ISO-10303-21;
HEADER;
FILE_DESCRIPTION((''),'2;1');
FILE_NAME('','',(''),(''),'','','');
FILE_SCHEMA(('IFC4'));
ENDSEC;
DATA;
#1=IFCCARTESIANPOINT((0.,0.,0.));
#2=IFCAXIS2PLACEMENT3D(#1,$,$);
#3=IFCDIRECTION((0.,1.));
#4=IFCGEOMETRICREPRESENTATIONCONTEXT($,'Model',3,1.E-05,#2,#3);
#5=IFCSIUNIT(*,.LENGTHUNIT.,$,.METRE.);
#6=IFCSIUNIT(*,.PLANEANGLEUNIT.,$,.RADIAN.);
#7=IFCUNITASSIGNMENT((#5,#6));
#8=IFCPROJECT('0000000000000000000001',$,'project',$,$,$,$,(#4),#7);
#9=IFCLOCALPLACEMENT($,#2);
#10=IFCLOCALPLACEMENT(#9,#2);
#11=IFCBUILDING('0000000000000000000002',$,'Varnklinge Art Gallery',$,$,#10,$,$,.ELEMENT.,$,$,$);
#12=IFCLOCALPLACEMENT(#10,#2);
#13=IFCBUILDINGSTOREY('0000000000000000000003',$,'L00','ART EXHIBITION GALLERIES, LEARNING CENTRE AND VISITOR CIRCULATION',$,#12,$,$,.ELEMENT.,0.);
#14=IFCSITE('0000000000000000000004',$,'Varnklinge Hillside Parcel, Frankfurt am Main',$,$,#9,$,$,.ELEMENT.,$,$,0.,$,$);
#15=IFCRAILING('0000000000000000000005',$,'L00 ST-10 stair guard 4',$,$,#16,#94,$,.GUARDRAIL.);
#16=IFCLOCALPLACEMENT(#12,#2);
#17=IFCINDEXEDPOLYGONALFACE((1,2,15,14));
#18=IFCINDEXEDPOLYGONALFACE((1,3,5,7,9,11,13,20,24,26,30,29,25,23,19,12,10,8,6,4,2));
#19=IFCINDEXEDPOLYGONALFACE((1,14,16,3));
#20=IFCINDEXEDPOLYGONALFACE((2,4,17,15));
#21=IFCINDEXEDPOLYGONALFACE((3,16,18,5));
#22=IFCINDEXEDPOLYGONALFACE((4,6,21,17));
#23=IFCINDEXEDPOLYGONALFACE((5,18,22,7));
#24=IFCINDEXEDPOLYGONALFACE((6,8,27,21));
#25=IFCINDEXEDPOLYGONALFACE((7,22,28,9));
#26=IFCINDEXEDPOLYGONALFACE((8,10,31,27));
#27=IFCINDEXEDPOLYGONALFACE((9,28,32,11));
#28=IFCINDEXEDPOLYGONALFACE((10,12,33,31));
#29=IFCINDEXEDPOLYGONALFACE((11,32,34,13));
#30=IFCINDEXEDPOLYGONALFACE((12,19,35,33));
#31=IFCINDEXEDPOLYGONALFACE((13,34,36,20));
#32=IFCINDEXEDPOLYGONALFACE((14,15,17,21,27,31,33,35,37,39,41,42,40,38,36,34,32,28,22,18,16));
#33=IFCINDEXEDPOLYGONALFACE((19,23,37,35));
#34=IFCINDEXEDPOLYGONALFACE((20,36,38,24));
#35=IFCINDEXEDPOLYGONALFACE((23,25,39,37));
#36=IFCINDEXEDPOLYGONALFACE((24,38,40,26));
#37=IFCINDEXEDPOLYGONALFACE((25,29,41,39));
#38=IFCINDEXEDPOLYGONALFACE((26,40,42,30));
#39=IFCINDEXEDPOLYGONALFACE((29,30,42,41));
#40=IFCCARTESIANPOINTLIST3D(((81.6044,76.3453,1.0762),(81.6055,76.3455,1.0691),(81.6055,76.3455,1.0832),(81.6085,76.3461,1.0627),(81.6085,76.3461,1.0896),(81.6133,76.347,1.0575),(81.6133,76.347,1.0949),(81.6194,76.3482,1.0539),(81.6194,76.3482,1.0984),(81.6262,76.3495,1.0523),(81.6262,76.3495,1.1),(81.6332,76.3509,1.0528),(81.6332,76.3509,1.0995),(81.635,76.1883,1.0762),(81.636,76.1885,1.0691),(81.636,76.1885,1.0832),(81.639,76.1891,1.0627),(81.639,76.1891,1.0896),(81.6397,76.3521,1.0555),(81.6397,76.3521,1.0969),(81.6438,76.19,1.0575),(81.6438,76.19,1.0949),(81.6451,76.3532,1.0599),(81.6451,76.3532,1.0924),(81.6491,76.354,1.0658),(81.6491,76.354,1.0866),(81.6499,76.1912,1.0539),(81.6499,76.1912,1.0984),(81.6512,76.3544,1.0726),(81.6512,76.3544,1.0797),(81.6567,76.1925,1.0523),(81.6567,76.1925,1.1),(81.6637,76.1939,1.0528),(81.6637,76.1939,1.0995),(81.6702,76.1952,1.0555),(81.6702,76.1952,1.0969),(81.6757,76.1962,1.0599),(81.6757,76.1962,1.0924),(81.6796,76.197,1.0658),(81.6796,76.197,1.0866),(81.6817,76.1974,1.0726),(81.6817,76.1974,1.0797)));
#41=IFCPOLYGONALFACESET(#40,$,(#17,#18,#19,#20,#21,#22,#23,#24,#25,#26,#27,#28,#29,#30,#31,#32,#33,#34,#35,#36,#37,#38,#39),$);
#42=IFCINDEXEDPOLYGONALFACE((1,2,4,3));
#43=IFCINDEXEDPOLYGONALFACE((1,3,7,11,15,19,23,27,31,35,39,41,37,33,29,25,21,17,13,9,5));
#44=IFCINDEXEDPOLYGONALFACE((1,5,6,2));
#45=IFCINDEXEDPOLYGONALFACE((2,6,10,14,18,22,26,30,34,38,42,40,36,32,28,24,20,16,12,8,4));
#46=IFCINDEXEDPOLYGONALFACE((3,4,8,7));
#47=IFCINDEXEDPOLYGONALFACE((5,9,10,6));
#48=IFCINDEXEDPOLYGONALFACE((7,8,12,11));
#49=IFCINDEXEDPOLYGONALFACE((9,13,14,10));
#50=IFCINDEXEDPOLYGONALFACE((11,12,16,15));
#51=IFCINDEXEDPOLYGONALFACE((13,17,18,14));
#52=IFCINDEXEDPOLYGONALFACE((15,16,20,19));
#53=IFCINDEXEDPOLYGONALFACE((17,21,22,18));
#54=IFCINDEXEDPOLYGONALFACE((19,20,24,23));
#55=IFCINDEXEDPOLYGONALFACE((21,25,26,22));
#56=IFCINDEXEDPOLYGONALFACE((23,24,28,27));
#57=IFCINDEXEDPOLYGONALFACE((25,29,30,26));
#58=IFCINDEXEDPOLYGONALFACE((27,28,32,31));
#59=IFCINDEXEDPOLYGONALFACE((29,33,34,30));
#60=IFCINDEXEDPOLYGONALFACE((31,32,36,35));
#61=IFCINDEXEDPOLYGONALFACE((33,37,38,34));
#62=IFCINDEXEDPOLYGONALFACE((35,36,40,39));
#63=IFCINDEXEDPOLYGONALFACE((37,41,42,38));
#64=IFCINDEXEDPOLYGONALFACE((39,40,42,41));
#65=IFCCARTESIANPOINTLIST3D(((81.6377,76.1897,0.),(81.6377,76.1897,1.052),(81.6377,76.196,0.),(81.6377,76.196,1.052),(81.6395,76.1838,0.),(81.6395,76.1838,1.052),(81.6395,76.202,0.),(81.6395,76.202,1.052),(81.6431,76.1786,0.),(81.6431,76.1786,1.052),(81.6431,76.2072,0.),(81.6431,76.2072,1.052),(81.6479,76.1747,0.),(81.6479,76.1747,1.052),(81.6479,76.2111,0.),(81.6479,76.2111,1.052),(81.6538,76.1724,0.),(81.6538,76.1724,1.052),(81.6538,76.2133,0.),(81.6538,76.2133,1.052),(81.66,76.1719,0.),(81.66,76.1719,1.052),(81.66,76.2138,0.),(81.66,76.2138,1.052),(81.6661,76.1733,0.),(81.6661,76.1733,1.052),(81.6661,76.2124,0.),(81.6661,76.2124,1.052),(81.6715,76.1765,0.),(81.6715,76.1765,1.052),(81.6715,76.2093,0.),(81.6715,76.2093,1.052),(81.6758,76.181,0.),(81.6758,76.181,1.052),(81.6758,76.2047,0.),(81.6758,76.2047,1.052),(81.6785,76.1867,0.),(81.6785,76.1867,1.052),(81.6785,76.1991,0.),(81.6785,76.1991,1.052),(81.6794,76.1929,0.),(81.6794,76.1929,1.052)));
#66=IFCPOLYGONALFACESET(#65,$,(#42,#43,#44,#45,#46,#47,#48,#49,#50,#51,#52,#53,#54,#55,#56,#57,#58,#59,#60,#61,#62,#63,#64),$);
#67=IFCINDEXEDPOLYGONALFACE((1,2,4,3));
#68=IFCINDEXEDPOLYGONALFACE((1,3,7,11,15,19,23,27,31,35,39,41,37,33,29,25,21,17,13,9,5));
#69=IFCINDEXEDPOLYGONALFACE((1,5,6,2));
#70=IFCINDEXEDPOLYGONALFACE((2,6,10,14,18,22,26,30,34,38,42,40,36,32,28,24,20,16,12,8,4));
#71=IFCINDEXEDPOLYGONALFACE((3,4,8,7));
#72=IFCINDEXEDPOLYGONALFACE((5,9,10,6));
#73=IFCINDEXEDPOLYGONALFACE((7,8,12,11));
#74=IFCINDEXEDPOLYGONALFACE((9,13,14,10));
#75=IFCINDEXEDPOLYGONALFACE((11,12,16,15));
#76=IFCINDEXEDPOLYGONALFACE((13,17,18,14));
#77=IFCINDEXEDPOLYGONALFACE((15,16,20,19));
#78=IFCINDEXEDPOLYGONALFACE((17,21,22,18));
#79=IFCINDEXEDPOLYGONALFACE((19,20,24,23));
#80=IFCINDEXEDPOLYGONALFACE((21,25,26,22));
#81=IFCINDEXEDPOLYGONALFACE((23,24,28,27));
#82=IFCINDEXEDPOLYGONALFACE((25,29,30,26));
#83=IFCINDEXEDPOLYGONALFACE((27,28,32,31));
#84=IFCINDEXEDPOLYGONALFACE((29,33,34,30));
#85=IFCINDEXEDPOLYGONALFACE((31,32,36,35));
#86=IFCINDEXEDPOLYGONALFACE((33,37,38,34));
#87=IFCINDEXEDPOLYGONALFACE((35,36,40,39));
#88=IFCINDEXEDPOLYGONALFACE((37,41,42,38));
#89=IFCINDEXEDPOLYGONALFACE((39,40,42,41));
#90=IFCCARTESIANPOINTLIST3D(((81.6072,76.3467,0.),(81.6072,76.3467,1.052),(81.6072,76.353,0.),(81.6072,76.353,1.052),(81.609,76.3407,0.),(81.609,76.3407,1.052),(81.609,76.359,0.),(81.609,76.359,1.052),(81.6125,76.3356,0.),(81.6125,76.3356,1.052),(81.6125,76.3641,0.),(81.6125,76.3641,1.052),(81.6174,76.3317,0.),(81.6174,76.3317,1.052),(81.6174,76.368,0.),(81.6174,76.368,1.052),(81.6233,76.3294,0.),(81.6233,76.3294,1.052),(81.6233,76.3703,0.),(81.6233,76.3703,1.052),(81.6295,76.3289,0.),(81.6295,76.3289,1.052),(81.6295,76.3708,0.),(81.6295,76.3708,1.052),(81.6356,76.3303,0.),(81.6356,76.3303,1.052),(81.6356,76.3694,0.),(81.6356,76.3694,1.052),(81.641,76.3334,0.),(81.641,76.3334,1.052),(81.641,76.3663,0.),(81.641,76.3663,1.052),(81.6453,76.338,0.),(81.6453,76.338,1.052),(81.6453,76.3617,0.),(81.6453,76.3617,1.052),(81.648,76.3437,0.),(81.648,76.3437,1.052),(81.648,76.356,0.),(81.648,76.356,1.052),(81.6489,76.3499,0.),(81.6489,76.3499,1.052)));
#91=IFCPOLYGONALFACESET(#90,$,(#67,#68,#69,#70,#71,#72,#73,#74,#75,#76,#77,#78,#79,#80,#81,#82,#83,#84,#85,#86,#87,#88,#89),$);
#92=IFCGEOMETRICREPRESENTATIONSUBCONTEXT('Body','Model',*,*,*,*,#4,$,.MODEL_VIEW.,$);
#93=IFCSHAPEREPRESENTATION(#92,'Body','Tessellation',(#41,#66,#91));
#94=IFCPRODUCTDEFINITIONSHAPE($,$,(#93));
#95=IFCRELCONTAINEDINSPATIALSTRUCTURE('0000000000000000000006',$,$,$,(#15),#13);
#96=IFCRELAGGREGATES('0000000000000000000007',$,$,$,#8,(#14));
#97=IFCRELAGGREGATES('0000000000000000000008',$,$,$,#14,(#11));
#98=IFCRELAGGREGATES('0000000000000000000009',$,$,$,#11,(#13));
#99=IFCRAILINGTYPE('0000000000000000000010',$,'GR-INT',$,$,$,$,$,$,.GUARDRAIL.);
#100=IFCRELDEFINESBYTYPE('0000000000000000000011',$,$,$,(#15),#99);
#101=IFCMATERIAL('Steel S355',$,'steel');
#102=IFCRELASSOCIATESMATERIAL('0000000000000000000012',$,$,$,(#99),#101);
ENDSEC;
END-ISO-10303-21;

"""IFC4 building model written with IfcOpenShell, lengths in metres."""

from ifc_helpers import new_model, si_unit, direction, frame, origin, origin_2d, place, context, subcontext, project, spatial, circle, extrude, material, type_object, element, save


model = new_model("IFC4")

# Units and contexts
model_context = context("Model", 3, precision=1e-05, world=origin(), true_north=direction((0.0, 1.0)))
body_context = subcontext(model_context, "Body", "Model", "MODEL_VIEW")
ifc_project = project(units=[si_unit("LENGTHUNIT", "METRE"), si_unit("PLANEANGLEUNIT", "RADIAN")], contexts=[model_context])

# Site, building, storey
site_placement = place(None, origin())
site = spatial("IfcSite", under=ifc_project, at=site_placement, Name="Varnklinge Hillside Parcel, Frankfurt am Main", CompositionType="ELEMENT", RefElevation=0.0)
building_placement = place(site_placement, origin())
building = spatial("IfcBuilding", under=site, at=building_placement, Name="Varnklinge Art Gallery", CompositionType="ELEMENT")
storey_placement = place(building_placement, origin())
storey = spatial("IfcBuildingStorey", under=building, at=storey_placement, Name="L00", Description="ART EXHIBITION GALLERIES, LEARNING CENTRE AND VISITOR CIRCULATION", CompositionType="ELEMENT", Elevation=0.0)

# Railing
ifc_material_1 = material(Name="Steel S355", Category="steel")
railing_type_1 = type_object("IfcRailingType", Name="GR-INT", PredefinedType="GUARDRAIL", material=ifc_material_1)
railing_1_placement = place(storey_placement, frame((81.6584, 76.1929, 0.0)))
element("IfcRailing", 1, at=railing_1_placement, inside=storey, type_object=railing_type_1, Name="L00 ST-10 stair guard 4", PredefinedType="GUARDRAIL", context=body_context, shape_type="SweptSolid", body=[
    extrude(circle(Radius=0.0239, at=origin_2d()), frame((0.0, 0.0, 1.0762), z_axis=(-0.190829, 0.981623, 0.0), x_axis=(-0.981623, -0.190829, 0.0)), (0.0, 0.0, 1.0), 0.1599),
    extrude(circle(Radius=0.021, at=origin_2d()), origin(), (0.0, 0.0, 1.0), 1.052),
    extrude(circle(Radius=0.021, at=origin_2d()), frame((-0.0305, 0.157, 0.0)), (0.0, 0.0, 1.0), 1.052),
])

save(model, "model.ifc")
